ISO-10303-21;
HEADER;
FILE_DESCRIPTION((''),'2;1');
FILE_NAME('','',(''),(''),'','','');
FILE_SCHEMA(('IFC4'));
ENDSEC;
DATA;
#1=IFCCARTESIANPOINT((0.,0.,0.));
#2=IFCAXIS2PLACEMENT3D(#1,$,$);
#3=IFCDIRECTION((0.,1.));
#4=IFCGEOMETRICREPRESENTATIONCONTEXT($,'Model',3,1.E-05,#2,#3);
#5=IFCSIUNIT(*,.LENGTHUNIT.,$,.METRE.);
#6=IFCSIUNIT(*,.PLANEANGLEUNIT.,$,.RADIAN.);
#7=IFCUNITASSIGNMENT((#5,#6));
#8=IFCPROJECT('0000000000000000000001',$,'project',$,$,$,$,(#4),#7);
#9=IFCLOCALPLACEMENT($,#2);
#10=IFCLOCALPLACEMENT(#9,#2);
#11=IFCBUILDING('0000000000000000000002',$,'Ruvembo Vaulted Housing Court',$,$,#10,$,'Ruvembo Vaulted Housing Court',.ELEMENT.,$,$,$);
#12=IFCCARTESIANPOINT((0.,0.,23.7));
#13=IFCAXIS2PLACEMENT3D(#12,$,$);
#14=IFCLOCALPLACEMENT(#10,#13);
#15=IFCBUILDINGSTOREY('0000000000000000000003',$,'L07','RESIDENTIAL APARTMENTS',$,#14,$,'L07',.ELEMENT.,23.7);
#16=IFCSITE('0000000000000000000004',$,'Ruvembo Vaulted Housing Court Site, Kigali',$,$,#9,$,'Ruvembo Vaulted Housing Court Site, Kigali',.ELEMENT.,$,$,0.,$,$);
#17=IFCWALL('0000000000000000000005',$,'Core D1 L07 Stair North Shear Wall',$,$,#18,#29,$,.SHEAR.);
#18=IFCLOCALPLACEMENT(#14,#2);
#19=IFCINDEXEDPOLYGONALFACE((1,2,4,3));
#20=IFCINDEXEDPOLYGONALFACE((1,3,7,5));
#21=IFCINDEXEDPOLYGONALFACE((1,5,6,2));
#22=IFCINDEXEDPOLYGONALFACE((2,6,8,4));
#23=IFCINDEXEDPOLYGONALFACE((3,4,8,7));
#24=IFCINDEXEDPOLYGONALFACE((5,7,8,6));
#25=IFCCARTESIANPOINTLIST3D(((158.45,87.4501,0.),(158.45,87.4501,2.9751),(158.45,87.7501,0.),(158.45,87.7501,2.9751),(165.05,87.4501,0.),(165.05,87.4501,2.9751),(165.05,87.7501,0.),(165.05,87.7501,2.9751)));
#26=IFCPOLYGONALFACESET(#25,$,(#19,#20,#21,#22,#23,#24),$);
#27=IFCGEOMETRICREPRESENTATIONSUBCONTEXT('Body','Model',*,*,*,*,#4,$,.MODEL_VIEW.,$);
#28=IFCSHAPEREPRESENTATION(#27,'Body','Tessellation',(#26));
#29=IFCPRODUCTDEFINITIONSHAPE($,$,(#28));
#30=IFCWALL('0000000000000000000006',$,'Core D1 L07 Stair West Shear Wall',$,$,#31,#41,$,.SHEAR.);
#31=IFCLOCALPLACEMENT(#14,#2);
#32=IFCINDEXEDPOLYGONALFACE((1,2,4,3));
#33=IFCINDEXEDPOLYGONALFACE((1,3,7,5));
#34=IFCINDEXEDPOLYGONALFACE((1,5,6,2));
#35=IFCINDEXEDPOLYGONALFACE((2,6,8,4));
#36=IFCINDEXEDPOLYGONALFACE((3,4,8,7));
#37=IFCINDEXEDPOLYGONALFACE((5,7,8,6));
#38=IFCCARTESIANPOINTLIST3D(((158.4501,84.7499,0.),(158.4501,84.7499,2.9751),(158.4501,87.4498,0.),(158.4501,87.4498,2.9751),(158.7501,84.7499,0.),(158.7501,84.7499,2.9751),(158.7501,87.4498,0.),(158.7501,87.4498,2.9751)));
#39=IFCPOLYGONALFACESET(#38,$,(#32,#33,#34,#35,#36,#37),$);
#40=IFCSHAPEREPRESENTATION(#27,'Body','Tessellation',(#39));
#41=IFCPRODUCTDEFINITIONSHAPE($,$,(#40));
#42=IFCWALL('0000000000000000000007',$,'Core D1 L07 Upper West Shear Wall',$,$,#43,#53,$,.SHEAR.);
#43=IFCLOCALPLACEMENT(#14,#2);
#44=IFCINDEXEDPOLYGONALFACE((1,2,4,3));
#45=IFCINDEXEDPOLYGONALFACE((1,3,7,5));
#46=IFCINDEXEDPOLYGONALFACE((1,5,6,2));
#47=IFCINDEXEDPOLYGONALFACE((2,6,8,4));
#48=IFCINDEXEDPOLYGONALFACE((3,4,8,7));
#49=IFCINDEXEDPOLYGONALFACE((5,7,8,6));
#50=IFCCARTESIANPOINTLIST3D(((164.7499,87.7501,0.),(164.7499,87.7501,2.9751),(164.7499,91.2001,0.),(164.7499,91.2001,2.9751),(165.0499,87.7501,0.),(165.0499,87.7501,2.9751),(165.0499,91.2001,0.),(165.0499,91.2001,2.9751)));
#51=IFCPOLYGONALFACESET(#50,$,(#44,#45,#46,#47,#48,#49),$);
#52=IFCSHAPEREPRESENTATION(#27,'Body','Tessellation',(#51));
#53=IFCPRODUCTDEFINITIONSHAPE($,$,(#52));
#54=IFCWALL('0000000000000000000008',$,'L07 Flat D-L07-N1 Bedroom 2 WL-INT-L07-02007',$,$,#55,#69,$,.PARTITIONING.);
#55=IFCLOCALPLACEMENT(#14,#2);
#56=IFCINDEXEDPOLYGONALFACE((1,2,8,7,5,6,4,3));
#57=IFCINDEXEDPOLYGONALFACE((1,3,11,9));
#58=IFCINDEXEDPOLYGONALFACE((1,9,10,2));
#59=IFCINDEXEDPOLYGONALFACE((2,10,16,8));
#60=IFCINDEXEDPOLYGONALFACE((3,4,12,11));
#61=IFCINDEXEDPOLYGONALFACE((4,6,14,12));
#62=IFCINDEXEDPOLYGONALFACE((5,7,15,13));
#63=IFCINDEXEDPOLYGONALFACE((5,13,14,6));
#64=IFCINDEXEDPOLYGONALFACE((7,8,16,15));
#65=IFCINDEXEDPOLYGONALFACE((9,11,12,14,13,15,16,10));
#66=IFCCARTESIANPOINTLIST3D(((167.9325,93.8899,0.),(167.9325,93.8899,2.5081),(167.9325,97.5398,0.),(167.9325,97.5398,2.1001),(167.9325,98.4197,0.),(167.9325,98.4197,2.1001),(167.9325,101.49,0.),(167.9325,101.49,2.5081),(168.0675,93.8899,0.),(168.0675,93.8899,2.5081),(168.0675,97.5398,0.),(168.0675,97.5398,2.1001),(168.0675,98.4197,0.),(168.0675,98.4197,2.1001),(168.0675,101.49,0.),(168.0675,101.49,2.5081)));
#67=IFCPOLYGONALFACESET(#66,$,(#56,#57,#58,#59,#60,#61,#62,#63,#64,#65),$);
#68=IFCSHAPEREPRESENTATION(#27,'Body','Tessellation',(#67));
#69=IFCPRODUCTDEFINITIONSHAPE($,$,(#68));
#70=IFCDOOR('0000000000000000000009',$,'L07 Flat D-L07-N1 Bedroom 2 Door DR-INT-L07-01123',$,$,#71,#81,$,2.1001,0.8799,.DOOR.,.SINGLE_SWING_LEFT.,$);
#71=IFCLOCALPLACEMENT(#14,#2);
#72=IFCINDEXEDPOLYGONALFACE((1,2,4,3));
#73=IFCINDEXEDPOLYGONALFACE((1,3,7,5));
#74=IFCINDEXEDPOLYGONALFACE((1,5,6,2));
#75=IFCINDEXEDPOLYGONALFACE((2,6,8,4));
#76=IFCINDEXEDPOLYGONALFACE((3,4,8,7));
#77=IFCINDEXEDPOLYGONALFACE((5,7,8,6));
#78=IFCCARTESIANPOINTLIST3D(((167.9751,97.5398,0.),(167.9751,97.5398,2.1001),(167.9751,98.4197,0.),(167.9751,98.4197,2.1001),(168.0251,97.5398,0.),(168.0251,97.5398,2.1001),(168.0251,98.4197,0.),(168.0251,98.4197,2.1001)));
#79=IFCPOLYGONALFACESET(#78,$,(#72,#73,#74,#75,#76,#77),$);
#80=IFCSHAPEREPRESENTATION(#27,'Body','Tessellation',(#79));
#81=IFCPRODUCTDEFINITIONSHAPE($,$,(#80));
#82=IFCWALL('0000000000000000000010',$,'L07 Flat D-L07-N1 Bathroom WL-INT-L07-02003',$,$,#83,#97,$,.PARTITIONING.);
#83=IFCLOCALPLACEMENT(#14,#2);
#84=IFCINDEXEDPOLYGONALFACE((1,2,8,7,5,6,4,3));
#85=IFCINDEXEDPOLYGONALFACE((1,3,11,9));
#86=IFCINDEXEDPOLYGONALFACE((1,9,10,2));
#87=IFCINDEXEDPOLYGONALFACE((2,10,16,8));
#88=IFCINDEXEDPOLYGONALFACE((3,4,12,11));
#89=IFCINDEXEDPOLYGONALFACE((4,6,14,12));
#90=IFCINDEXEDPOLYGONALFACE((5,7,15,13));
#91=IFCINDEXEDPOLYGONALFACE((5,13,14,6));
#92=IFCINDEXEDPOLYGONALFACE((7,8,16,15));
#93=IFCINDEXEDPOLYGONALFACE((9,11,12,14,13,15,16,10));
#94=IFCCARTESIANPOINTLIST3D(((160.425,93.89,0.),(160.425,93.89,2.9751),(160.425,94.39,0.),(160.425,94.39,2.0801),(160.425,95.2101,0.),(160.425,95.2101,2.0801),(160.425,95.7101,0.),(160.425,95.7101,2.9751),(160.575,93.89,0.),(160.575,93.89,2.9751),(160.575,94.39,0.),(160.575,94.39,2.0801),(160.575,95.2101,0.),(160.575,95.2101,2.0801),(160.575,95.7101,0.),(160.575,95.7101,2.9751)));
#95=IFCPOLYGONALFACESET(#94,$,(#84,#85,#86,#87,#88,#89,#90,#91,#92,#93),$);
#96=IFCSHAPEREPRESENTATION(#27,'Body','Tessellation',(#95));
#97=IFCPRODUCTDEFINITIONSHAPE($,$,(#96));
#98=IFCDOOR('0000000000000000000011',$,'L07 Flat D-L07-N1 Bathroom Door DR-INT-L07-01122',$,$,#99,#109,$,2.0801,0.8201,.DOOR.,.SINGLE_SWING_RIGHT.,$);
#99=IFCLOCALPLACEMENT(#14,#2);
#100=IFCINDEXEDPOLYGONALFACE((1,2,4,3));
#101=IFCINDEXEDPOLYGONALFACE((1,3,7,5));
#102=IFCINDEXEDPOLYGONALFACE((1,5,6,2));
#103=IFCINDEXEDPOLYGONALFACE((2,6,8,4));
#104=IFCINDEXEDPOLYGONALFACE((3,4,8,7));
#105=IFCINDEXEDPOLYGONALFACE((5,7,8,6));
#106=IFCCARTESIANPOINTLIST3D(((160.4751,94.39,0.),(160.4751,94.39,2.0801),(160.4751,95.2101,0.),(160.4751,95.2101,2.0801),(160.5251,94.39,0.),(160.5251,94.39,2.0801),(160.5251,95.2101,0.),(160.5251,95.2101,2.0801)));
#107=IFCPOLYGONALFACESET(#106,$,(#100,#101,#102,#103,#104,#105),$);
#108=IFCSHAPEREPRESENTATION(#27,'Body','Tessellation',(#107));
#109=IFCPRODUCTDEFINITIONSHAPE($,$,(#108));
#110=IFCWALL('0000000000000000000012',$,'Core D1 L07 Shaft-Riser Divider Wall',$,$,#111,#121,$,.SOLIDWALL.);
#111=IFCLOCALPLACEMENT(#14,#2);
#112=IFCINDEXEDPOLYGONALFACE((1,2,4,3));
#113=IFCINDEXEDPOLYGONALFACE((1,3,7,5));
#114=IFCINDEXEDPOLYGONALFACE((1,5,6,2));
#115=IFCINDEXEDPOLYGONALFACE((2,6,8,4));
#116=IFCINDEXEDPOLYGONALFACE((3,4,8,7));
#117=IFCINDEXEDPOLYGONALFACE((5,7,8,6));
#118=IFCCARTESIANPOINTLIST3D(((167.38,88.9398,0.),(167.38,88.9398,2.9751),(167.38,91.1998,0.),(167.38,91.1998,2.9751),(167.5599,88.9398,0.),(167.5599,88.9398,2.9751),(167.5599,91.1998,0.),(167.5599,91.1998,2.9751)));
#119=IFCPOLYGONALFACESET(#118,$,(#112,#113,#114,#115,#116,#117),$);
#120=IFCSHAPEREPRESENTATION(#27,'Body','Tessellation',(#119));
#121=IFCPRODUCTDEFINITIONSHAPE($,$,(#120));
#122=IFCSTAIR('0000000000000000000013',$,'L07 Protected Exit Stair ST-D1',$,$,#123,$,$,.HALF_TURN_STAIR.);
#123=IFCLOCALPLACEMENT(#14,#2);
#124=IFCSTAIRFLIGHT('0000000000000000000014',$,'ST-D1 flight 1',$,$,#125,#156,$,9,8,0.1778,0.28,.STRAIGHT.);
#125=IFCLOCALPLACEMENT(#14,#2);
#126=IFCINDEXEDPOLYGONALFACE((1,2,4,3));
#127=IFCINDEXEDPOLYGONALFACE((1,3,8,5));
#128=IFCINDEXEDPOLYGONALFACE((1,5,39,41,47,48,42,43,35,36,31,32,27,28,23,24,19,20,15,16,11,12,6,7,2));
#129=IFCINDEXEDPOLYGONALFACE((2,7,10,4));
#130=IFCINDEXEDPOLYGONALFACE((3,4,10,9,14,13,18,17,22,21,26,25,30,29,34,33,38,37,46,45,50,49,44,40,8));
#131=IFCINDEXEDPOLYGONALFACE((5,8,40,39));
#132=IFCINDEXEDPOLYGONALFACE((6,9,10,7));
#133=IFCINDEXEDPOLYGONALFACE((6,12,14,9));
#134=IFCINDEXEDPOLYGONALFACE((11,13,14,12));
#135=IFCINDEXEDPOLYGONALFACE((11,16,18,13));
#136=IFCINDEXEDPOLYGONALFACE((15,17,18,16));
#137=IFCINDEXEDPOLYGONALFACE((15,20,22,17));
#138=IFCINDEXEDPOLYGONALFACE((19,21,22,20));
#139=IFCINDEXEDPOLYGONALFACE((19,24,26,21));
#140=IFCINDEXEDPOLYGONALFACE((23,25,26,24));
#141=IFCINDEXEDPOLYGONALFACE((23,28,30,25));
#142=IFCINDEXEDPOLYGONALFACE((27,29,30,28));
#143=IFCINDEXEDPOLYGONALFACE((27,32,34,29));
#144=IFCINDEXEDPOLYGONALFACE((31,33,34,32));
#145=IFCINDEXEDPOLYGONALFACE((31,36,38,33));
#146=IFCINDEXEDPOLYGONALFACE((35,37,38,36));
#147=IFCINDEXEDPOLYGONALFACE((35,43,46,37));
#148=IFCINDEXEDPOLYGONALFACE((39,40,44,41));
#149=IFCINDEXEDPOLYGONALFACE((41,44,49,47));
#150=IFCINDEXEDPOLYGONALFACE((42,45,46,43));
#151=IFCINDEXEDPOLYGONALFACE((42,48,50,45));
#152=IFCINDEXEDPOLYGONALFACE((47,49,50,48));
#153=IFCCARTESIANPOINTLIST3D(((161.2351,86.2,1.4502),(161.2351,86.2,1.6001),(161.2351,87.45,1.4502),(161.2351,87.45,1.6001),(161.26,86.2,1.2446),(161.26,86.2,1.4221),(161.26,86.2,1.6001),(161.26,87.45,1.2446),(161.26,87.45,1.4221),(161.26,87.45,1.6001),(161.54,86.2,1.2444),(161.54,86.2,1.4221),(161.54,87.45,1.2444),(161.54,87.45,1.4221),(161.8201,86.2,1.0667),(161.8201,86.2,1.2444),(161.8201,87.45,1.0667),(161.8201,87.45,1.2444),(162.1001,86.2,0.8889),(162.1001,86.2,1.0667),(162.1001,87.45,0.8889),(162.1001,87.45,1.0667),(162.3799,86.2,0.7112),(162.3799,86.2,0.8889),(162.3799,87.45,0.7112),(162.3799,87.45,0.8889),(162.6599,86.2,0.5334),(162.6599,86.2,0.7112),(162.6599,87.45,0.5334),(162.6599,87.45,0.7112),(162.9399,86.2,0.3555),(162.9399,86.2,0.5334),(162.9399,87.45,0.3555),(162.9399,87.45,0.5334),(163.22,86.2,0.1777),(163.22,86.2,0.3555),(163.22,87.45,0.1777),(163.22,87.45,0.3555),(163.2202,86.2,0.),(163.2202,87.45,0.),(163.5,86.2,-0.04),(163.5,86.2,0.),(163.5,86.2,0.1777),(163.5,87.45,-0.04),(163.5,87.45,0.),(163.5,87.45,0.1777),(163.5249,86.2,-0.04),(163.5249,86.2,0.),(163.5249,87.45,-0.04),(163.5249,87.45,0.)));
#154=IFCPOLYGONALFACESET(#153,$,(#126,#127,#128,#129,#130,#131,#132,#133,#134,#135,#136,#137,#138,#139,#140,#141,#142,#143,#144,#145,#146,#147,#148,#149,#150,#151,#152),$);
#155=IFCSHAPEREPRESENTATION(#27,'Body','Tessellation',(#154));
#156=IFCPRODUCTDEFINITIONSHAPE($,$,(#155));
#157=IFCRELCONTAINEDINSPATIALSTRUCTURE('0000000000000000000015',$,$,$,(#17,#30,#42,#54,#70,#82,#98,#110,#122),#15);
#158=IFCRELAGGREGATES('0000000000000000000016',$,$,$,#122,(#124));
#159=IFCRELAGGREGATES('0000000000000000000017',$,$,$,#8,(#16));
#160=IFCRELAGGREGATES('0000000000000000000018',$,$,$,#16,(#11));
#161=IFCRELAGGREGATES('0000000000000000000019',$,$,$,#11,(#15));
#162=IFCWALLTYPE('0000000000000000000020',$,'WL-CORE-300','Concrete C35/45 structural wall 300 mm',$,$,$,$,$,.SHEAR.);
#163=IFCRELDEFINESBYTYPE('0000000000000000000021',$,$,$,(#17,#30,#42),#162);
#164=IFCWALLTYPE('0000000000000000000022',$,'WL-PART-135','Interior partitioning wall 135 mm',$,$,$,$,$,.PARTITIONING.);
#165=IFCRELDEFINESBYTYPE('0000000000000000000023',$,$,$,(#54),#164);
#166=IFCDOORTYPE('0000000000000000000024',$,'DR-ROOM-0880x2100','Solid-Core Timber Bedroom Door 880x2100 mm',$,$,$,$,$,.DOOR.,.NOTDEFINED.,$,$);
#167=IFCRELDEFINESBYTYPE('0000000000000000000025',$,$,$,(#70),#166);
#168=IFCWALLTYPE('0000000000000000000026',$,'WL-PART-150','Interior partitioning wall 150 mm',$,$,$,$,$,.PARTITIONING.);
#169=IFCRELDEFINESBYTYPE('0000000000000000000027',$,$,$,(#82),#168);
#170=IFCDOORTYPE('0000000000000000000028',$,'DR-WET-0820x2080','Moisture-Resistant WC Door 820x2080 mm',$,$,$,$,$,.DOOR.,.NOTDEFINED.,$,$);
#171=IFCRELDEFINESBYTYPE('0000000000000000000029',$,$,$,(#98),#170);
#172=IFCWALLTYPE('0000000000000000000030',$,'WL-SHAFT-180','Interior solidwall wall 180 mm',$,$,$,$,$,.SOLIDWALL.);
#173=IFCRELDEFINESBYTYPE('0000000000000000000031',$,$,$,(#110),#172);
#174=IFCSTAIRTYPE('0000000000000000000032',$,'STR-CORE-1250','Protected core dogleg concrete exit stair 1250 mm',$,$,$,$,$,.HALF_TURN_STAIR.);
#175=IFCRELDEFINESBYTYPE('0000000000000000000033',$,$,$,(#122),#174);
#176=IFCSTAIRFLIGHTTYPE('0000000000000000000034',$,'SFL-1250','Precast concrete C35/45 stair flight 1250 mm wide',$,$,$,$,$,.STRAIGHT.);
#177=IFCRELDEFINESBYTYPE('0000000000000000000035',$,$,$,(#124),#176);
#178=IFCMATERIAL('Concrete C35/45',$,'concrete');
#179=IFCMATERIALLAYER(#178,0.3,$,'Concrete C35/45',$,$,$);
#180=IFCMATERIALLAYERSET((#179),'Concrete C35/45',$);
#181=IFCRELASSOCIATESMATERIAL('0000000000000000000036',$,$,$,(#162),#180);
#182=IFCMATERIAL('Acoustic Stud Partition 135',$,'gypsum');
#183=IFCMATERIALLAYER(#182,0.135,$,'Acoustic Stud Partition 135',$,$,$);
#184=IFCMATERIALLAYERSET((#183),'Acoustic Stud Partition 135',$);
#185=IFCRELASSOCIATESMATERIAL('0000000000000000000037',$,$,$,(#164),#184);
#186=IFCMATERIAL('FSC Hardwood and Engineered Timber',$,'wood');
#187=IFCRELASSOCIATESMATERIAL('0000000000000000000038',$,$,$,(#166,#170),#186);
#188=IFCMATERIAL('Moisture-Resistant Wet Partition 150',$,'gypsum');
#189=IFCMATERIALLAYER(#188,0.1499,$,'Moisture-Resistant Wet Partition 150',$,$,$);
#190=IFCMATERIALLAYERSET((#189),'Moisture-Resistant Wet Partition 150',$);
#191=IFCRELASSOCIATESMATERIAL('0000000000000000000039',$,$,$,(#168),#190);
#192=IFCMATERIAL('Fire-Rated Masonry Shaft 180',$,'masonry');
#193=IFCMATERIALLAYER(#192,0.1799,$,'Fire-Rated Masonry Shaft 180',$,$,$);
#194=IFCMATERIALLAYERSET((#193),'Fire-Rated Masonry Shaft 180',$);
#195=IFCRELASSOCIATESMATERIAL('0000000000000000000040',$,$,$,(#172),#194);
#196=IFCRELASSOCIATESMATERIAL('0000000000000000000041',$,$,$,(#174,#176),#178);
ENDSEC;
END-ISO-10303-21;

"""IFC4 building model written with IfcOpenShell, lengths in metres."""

from ifc_helpers import new_model, si_unit, direction, frame, frame_2d, origin, place, context, subcontext, project, spatial, polyline, rectangle, outline, extrude, material, layer, layer_set, type_object, element, fill, aggregate, save


model = new_model("IFC4")

# Units and contexts
model_context = context("Model", 3, precision=1e-05, world=origin(), true_north=direction((0.0, 1.0)))
body_context = subcontext(model_context, "Body", "Model", "MODEL_VIEW")
ifc_project = project(units=[si_unit("LENGTHUNIT", "METRE"), si_unit("PLANEANGLEUNIT", "RADIAN")], contexts=[model_context])

# Site, building, storey
site_placement = place(None, origin())
site = spatial("IfcSite", under=ifc_project, at=site_placement, Name="Ruvembo Vaulted Housing Court Site, Kigali", LongName="Ruvembo Vaulted Housing Court Site, Kigali", CompositionType="ELEMENT", RefElevation=0.0)
building_placement = place(site_placement, origin())
building = spatial("IfcBuilding", under=site, at=building_placement, Name="Ruvembo Vaulted Housing Court", LongName="Ruvembo Vaulted Housing Court", CompositionType="ELEMENT")
storey_placement = place(building_placement, frame((0.0, 0.0, 23.7)))
storey = spatial("IfcBuildingStorey", under=building, at=storey_placement, Name="L07", Description="RESIDENTIAL APARTMENTS", LongName="L07", CompositionType="ELEMENT", Elevation=23.7)

# Walls
ifc_material_1 = material(Name="Concrete C35/45", Category="concrete")
ifc_layer_1 = layer(ifc_material_1, 0.3, Name="Concrete C35/45")
ifc_layer_set_1 = layer_set([ifc_layer_1], Name="Concrete C35/45")
wall_type_1 = type_object("IfcWallType", Name="WL-CORE-300", Description="Concrete C35/45 structural wall 300 mm", PredefinedType="SHEAR", material=ifc_layer_set_1)
wall_1_placement = place(storey_placement, frame((165.05, 87.6001, 0.0), z_axis=(0.0, 0.0, 1.0), x_axis=(-1.0, 0.0, 0.0)))
element("IfcWall", 1, at=wall_1_placement, inside=storey, type_object=wall_type_1, Name="Core D1 L07 Stair North Shear Wall", PredefinedType="SHEAR", context=body_context, shape_type="SweptSolid", body=[
    extrude(rectangle(XDim=6.6001, YDim=0.3, at=frame_2d((3.3, 0.0))), origin(), (0.0, 0.0, 1.0), 2.9751),
])
wall_2_placement = place(storey_placement, frame((158.6001, 87.45, 0.0), z_axis=(0.0, 0.0, 1.0), x_axis=(0.0, -1.0, 0.0)))
element("IfcWall", 2, at=wall_2_placement, inside=storey, type_object=wall_type_1, Name="Core D1 L07 Stair West Shear Wall", PredefinedType="SHEAR", context=body_context, shape_type="SweptSolid", body=[
    extrude(rectangle(XDim=2.7, YDim=0.3, at=frame_2d((1.3501, 0.0))), origin(), (0.0, 0.0, 1.0), 2.9751),
])
wall_3_placement = place(storey_placement, frame((164.8999, 87.75, 0.0), z_axis=(0.0, 0.0, 1.0), x_axis=(0.0, 1.0, 0.0)))
element("IfcWall", 3, at=wall_3_placement, inside=storey, type_object=wall_type_1, Name="Core D1 L07 Upper West Shear Wall", PredefinedType="SHEAR", context=body_context, shape_type="SweptSolid", body=[
    extrude(rectangle(XDim=3.45, YDim=0.3, at=frame_2d((1.7251, 0.0))), origin(), (0.0, 0.0, 1.0), 2.9751),
])

# Walls, openings, doors
ifc_material_2 = material(Name="FSC Hardwood and Engineered Timber", Category="wood")
ifc_material_3 = material(Name="Acoustic Stud Partition 135", Category="gypsum")
ifc_layer_2 = layer(ifc_material_3, 0.135, Name="Acoustic Stud Partition 135")
ifc_layer_set_2 = layer_set([ifc_layer_2], Name="Acoustic Stud Partition 135")
wall_type_2 = type_object("IfcWallType", Name="WL-PART-135", Description="Interior partitioning wall 135 mm", PredefinedType="PARTITIONING", material=ifc_layer_set_2)
wall_4_placement = place(storey_placement, frame((168.0, 93.8899, 0.0), z_axis=(0.0, 0.0, 1.0), x_axis=(0.0, 1.0, 0.0)))
wall_4 = element("IfcWall", 4, at=wall_4_placement, inside=storey, type_object=wall_type_2, Name="L07 Flat D-L07-N1 Bedroom 2 WL-INT-L07-02007", PredefinedType="PARTITIONING", context=body_context, shape_type="SweptSolid", body=[
    extrude(rectangle(XDim=7.6001, YDim=0.135, at=frame_2d((3.8, 0.0))), origin(), (0.0, 0.0, 1.0), 2.5081),
])
opening_1_placement = place(wall_4_placement, frame((3.6499, 0.0, 0.0)))
opening_1 = element("IfcOpeningElement", 5, at=opening_1_placement, cuts=wall_4, PredefinedType="OPENING", context=body_context, shape_type="SweptSolid", body=[
    extrude(rectangle(XDim=0.8799, YDim=2.1001, at=frame_2d((0.4399, 1.05))), frame((0.0, 0.0774, 0.0), z_axis=(0.0, -1.0, 0.0), x_axis=(1.0, 0.0, 0.0)), (0.0, 0.0, 1.0), 0.155),
])
door_type_1 = type_object("IfcDoorType", Name="DR-ROOM-0880x2100", Description="Solid-Core Timber Bedroom Door 880x2100 mm", OperationType="NOTDEFINED", PredefinedType="DOOR", material=ifc_material_2)
door_1_placement = place(opening_1_placement, origin())
door_1 = element("IfcDoor", 6, at=door_1_placement, inside=storey, type_object=door_type_1, Name="L07 Flat D-L07-N1 Bedroom 2 Door DR-INT-L07-01123", OperationType="SINGLE_SWING_LEFT", OverallHeight=2.1001, OverallWidth=0.8799, PredefinedType="DOOR", context=body_context, shape_type="SweptSolid", body=[
    extrude(rectangle(XDim=0.8799, YDim=2.1001, at=frame_2d((0.4399, 1.05))), frame((0.0, 0.0249, 0.0), z_axis=(0.0, -1.0, 0.0), x_axis=(1.0, 0.0, 0.0)), (0.0, 0.0, 1.0), 0.05),
])
fill(opening_1, door_1)
ifc_material_4 = material(Name="Moisture-Resistant Wet Partition 150", Category="gypsum")
ifc_layer_3 = layer(ifc_material_4, 0.1499, Name="Moisture-Resistant Wet Partition 150")
ifc_layer_set_3 = layer_set([ifc_layer_3], Name="Moisture-Resistant Wet Partition 150")
wall_type_3 = type_object("IfcWallType", Name="WL-PART-150", Description="Interior partitioning wall 150 mm", PredefinedType="PARTITIONING", material=ifc_layer_set_3)
wall_5_placement = place(storey_placement, frame((160.5, 93.8899, 0.0), z_axis=(0.0, 0.0, 1.0), x_axis=(0.0, 1.0, 0.0)))
wall_5 = element("IfcWall", 7, at=wall_5_placement, inside=storey, type_object=wall_type_3, Name="L07 Flat D-L07-N1 Bathroom WL-INT-L07-02003", PredefinedType="PARTITIONING", context=body_context, shape_type="SweptSolid", body=[
    extrude(rectangle(XDim=1.8201, YDim=0.1499, at=frame_2d((0.9102, 0.0))), origin(), (0.0, 0.0, 1.0), 2.9751),
])
opening_2_placement = place(wall_5_placement, frame((0.5, 0.0, 0.0)))
opening_2 = element("IfcOpeningElement", 8, at=opening_2_placement, cuts=wall_5, PredefinedType="OPENING", context=body_context, shape_type="SweptSolid", body=[
    extrude(rectangle(XDim=0.8201, YDim=2.0801, at=frame_2d((0.4102, 1.04))), frame((0.0, 0.085, 0.0), z_axis=(0.0, -1.0, 0.0), x_axis=(1.0, 0.0, 0.0)), (0.0, 0.0, 1.0), 0.1699),
])
door_type_2 = type_object("IfcDoorType", Name="DR-WET-0820x2080", Description="Moisture-Resistant WC Door 820x2080 mm", OperationType="NOTDEFINED", PredefinedType="DOOR", material=ifc_material_2)
door_2_placement = place(opening_2_placement, origin())
door_2 = element("IfcDoor", 9, at=door_2_placement, inside=storey, type_object=door_type_2, Name="L07 Flat D-L07-N1 Bathroom Door DR-INT-L07-01122", OperationType="SINGLE_SWING_RIGHT", OverallHeight=2.0801, OverallWidth=0.8201, PredefinedType="DOOR", context=body_context, shape_type="SweptSolid", body=[
    extrude(rectangle(XDim=0.8201, YDim=2.0801, at=frame_2d((0.4102, 1.04))), frame((0.0, 0.0249, 0.0), z_axis=(0.0, -1.0, 0.0), x_axis=(1.0, 0.0, 0.0)), (0.0, 0.0, 1.0), 0.05),
])
fill(opening_2, door_2)

# Shared definitions
ifc_material_5 = material(Name="Fire-Rated Masonry Shaft 180", Category="masonry")
ifc_layer_4 = layer(ifc_material_5, 0.1799, Name="Fire-Rated Masonry Shaft 180")
ifc_layer_set_4 = layer_set([ifc_layer_4], Name="Fire-Rated Masonry Shaft 180")
wall_type_4 = type_object("IfcWallType", Name="WL-SHAFT-180", Description="Interior solidwall wall 180 mm", PredefinedType="SOLIDWALL", material=ifc_layer_set_4)

# Wall
wall_6_placement = place(storey_placement, frame((167.47, 88.9399, 0.0), z_axis=(0.0, 0.0, 1.0), x_axis=(0.0, 1.0, 0.0)))
element("IfcWall", 10, at=wall_6_placement, inside=storey, type_object=wall_type_4, Name="Core D1 L07 Shaft-Riser Divider Wall", PredefinedType="SOLIDWALL", context=body_context, shape_type="SweptSolid", body=[
    extrude(rectangle(XDim=2.26, YDim=0.1799, at=frame_2d((1.1299, 0.0))), origin(), (0.0, 0.0, 1.0), 2.9751),
])

# Stair, stair flight
stair_type = type_object("IfcStairType", Name="STR-CORE-1250", Description="Protected core dogleg concrete exit stair 1250 mm", PredefinedType="HALF_TURN_STAIR", material=ifc_material_1)
stair_placement = place(storey_placement, origin())
stair = element("IfcStair", 11, at=stair_placement, inside=storey, type_object=stair_type, Name="L07 Protected Exit Stair ST-D1", PredefinedType="HALF_TURN_STAIR")
stair_flight_type = type_object("IfcStairFlightType", Name="SFL-1250", Description="Precast concrete C35/45 stair flight 1250 mm wide", PredefinedType="STRAIGHT", material=ifc_material_1)
stair_flight_placement = place(storey_placement, frame((163.5, 86.825, 0.0), z_axis=(0.0, 0.0, 1.0), x_axis=(-1.0, 0.0, 0.0)))
stair_flight = element("IfcStairFlight", 12, at=stair_flight_placement, type_object=stair_flight_type, Name="ST-D1 flight 1", NumberOfRisers=9, NumberOfTreads=8, PredefinedType="STRAIGHT", RiserHeight=0.1778, TreadLength=0.28, context=body_context, shape_type="SweptSolid", body=[
    extrude(outline(polyline([(-0.0249, -0.04), (-0.0249, 0.0), (0.0, 0.0), (0.0, 0.1777), (0.28, 0.1777), (0.28, 0.3555), (0.5601, 0.3555), (0.5601, 0.5334), (0.8401, 0.5334), (0.8401, 0.7112), (1.1201, 0.7112), (1.1201, 0.8889), (1.3999, 0.8889), (1.3999, 1.0667), (1.6799, 1.0667), (1.6799, 1.2444), (1.96, 1.2444), (1.96, 1.4221), (2.24, 1.4221), (2.24, 1.6001), (2.2649, 1.6001), (2.2649, 1.4502), (2.24, 1.2446), (0.2798, 0.0), (0.0, -0.04), (-0.0249, -0.04)])), frame((0.0, 0.625, 0.0), z_axis=(0.0, -1.0, 0.0), x_axis=(1.0, 0.0, 0.0)), (0.0, 0.0, 1.0), 1.25),
])
aggregate(stair, [stair_flight])

save(model, "model.ifc")
